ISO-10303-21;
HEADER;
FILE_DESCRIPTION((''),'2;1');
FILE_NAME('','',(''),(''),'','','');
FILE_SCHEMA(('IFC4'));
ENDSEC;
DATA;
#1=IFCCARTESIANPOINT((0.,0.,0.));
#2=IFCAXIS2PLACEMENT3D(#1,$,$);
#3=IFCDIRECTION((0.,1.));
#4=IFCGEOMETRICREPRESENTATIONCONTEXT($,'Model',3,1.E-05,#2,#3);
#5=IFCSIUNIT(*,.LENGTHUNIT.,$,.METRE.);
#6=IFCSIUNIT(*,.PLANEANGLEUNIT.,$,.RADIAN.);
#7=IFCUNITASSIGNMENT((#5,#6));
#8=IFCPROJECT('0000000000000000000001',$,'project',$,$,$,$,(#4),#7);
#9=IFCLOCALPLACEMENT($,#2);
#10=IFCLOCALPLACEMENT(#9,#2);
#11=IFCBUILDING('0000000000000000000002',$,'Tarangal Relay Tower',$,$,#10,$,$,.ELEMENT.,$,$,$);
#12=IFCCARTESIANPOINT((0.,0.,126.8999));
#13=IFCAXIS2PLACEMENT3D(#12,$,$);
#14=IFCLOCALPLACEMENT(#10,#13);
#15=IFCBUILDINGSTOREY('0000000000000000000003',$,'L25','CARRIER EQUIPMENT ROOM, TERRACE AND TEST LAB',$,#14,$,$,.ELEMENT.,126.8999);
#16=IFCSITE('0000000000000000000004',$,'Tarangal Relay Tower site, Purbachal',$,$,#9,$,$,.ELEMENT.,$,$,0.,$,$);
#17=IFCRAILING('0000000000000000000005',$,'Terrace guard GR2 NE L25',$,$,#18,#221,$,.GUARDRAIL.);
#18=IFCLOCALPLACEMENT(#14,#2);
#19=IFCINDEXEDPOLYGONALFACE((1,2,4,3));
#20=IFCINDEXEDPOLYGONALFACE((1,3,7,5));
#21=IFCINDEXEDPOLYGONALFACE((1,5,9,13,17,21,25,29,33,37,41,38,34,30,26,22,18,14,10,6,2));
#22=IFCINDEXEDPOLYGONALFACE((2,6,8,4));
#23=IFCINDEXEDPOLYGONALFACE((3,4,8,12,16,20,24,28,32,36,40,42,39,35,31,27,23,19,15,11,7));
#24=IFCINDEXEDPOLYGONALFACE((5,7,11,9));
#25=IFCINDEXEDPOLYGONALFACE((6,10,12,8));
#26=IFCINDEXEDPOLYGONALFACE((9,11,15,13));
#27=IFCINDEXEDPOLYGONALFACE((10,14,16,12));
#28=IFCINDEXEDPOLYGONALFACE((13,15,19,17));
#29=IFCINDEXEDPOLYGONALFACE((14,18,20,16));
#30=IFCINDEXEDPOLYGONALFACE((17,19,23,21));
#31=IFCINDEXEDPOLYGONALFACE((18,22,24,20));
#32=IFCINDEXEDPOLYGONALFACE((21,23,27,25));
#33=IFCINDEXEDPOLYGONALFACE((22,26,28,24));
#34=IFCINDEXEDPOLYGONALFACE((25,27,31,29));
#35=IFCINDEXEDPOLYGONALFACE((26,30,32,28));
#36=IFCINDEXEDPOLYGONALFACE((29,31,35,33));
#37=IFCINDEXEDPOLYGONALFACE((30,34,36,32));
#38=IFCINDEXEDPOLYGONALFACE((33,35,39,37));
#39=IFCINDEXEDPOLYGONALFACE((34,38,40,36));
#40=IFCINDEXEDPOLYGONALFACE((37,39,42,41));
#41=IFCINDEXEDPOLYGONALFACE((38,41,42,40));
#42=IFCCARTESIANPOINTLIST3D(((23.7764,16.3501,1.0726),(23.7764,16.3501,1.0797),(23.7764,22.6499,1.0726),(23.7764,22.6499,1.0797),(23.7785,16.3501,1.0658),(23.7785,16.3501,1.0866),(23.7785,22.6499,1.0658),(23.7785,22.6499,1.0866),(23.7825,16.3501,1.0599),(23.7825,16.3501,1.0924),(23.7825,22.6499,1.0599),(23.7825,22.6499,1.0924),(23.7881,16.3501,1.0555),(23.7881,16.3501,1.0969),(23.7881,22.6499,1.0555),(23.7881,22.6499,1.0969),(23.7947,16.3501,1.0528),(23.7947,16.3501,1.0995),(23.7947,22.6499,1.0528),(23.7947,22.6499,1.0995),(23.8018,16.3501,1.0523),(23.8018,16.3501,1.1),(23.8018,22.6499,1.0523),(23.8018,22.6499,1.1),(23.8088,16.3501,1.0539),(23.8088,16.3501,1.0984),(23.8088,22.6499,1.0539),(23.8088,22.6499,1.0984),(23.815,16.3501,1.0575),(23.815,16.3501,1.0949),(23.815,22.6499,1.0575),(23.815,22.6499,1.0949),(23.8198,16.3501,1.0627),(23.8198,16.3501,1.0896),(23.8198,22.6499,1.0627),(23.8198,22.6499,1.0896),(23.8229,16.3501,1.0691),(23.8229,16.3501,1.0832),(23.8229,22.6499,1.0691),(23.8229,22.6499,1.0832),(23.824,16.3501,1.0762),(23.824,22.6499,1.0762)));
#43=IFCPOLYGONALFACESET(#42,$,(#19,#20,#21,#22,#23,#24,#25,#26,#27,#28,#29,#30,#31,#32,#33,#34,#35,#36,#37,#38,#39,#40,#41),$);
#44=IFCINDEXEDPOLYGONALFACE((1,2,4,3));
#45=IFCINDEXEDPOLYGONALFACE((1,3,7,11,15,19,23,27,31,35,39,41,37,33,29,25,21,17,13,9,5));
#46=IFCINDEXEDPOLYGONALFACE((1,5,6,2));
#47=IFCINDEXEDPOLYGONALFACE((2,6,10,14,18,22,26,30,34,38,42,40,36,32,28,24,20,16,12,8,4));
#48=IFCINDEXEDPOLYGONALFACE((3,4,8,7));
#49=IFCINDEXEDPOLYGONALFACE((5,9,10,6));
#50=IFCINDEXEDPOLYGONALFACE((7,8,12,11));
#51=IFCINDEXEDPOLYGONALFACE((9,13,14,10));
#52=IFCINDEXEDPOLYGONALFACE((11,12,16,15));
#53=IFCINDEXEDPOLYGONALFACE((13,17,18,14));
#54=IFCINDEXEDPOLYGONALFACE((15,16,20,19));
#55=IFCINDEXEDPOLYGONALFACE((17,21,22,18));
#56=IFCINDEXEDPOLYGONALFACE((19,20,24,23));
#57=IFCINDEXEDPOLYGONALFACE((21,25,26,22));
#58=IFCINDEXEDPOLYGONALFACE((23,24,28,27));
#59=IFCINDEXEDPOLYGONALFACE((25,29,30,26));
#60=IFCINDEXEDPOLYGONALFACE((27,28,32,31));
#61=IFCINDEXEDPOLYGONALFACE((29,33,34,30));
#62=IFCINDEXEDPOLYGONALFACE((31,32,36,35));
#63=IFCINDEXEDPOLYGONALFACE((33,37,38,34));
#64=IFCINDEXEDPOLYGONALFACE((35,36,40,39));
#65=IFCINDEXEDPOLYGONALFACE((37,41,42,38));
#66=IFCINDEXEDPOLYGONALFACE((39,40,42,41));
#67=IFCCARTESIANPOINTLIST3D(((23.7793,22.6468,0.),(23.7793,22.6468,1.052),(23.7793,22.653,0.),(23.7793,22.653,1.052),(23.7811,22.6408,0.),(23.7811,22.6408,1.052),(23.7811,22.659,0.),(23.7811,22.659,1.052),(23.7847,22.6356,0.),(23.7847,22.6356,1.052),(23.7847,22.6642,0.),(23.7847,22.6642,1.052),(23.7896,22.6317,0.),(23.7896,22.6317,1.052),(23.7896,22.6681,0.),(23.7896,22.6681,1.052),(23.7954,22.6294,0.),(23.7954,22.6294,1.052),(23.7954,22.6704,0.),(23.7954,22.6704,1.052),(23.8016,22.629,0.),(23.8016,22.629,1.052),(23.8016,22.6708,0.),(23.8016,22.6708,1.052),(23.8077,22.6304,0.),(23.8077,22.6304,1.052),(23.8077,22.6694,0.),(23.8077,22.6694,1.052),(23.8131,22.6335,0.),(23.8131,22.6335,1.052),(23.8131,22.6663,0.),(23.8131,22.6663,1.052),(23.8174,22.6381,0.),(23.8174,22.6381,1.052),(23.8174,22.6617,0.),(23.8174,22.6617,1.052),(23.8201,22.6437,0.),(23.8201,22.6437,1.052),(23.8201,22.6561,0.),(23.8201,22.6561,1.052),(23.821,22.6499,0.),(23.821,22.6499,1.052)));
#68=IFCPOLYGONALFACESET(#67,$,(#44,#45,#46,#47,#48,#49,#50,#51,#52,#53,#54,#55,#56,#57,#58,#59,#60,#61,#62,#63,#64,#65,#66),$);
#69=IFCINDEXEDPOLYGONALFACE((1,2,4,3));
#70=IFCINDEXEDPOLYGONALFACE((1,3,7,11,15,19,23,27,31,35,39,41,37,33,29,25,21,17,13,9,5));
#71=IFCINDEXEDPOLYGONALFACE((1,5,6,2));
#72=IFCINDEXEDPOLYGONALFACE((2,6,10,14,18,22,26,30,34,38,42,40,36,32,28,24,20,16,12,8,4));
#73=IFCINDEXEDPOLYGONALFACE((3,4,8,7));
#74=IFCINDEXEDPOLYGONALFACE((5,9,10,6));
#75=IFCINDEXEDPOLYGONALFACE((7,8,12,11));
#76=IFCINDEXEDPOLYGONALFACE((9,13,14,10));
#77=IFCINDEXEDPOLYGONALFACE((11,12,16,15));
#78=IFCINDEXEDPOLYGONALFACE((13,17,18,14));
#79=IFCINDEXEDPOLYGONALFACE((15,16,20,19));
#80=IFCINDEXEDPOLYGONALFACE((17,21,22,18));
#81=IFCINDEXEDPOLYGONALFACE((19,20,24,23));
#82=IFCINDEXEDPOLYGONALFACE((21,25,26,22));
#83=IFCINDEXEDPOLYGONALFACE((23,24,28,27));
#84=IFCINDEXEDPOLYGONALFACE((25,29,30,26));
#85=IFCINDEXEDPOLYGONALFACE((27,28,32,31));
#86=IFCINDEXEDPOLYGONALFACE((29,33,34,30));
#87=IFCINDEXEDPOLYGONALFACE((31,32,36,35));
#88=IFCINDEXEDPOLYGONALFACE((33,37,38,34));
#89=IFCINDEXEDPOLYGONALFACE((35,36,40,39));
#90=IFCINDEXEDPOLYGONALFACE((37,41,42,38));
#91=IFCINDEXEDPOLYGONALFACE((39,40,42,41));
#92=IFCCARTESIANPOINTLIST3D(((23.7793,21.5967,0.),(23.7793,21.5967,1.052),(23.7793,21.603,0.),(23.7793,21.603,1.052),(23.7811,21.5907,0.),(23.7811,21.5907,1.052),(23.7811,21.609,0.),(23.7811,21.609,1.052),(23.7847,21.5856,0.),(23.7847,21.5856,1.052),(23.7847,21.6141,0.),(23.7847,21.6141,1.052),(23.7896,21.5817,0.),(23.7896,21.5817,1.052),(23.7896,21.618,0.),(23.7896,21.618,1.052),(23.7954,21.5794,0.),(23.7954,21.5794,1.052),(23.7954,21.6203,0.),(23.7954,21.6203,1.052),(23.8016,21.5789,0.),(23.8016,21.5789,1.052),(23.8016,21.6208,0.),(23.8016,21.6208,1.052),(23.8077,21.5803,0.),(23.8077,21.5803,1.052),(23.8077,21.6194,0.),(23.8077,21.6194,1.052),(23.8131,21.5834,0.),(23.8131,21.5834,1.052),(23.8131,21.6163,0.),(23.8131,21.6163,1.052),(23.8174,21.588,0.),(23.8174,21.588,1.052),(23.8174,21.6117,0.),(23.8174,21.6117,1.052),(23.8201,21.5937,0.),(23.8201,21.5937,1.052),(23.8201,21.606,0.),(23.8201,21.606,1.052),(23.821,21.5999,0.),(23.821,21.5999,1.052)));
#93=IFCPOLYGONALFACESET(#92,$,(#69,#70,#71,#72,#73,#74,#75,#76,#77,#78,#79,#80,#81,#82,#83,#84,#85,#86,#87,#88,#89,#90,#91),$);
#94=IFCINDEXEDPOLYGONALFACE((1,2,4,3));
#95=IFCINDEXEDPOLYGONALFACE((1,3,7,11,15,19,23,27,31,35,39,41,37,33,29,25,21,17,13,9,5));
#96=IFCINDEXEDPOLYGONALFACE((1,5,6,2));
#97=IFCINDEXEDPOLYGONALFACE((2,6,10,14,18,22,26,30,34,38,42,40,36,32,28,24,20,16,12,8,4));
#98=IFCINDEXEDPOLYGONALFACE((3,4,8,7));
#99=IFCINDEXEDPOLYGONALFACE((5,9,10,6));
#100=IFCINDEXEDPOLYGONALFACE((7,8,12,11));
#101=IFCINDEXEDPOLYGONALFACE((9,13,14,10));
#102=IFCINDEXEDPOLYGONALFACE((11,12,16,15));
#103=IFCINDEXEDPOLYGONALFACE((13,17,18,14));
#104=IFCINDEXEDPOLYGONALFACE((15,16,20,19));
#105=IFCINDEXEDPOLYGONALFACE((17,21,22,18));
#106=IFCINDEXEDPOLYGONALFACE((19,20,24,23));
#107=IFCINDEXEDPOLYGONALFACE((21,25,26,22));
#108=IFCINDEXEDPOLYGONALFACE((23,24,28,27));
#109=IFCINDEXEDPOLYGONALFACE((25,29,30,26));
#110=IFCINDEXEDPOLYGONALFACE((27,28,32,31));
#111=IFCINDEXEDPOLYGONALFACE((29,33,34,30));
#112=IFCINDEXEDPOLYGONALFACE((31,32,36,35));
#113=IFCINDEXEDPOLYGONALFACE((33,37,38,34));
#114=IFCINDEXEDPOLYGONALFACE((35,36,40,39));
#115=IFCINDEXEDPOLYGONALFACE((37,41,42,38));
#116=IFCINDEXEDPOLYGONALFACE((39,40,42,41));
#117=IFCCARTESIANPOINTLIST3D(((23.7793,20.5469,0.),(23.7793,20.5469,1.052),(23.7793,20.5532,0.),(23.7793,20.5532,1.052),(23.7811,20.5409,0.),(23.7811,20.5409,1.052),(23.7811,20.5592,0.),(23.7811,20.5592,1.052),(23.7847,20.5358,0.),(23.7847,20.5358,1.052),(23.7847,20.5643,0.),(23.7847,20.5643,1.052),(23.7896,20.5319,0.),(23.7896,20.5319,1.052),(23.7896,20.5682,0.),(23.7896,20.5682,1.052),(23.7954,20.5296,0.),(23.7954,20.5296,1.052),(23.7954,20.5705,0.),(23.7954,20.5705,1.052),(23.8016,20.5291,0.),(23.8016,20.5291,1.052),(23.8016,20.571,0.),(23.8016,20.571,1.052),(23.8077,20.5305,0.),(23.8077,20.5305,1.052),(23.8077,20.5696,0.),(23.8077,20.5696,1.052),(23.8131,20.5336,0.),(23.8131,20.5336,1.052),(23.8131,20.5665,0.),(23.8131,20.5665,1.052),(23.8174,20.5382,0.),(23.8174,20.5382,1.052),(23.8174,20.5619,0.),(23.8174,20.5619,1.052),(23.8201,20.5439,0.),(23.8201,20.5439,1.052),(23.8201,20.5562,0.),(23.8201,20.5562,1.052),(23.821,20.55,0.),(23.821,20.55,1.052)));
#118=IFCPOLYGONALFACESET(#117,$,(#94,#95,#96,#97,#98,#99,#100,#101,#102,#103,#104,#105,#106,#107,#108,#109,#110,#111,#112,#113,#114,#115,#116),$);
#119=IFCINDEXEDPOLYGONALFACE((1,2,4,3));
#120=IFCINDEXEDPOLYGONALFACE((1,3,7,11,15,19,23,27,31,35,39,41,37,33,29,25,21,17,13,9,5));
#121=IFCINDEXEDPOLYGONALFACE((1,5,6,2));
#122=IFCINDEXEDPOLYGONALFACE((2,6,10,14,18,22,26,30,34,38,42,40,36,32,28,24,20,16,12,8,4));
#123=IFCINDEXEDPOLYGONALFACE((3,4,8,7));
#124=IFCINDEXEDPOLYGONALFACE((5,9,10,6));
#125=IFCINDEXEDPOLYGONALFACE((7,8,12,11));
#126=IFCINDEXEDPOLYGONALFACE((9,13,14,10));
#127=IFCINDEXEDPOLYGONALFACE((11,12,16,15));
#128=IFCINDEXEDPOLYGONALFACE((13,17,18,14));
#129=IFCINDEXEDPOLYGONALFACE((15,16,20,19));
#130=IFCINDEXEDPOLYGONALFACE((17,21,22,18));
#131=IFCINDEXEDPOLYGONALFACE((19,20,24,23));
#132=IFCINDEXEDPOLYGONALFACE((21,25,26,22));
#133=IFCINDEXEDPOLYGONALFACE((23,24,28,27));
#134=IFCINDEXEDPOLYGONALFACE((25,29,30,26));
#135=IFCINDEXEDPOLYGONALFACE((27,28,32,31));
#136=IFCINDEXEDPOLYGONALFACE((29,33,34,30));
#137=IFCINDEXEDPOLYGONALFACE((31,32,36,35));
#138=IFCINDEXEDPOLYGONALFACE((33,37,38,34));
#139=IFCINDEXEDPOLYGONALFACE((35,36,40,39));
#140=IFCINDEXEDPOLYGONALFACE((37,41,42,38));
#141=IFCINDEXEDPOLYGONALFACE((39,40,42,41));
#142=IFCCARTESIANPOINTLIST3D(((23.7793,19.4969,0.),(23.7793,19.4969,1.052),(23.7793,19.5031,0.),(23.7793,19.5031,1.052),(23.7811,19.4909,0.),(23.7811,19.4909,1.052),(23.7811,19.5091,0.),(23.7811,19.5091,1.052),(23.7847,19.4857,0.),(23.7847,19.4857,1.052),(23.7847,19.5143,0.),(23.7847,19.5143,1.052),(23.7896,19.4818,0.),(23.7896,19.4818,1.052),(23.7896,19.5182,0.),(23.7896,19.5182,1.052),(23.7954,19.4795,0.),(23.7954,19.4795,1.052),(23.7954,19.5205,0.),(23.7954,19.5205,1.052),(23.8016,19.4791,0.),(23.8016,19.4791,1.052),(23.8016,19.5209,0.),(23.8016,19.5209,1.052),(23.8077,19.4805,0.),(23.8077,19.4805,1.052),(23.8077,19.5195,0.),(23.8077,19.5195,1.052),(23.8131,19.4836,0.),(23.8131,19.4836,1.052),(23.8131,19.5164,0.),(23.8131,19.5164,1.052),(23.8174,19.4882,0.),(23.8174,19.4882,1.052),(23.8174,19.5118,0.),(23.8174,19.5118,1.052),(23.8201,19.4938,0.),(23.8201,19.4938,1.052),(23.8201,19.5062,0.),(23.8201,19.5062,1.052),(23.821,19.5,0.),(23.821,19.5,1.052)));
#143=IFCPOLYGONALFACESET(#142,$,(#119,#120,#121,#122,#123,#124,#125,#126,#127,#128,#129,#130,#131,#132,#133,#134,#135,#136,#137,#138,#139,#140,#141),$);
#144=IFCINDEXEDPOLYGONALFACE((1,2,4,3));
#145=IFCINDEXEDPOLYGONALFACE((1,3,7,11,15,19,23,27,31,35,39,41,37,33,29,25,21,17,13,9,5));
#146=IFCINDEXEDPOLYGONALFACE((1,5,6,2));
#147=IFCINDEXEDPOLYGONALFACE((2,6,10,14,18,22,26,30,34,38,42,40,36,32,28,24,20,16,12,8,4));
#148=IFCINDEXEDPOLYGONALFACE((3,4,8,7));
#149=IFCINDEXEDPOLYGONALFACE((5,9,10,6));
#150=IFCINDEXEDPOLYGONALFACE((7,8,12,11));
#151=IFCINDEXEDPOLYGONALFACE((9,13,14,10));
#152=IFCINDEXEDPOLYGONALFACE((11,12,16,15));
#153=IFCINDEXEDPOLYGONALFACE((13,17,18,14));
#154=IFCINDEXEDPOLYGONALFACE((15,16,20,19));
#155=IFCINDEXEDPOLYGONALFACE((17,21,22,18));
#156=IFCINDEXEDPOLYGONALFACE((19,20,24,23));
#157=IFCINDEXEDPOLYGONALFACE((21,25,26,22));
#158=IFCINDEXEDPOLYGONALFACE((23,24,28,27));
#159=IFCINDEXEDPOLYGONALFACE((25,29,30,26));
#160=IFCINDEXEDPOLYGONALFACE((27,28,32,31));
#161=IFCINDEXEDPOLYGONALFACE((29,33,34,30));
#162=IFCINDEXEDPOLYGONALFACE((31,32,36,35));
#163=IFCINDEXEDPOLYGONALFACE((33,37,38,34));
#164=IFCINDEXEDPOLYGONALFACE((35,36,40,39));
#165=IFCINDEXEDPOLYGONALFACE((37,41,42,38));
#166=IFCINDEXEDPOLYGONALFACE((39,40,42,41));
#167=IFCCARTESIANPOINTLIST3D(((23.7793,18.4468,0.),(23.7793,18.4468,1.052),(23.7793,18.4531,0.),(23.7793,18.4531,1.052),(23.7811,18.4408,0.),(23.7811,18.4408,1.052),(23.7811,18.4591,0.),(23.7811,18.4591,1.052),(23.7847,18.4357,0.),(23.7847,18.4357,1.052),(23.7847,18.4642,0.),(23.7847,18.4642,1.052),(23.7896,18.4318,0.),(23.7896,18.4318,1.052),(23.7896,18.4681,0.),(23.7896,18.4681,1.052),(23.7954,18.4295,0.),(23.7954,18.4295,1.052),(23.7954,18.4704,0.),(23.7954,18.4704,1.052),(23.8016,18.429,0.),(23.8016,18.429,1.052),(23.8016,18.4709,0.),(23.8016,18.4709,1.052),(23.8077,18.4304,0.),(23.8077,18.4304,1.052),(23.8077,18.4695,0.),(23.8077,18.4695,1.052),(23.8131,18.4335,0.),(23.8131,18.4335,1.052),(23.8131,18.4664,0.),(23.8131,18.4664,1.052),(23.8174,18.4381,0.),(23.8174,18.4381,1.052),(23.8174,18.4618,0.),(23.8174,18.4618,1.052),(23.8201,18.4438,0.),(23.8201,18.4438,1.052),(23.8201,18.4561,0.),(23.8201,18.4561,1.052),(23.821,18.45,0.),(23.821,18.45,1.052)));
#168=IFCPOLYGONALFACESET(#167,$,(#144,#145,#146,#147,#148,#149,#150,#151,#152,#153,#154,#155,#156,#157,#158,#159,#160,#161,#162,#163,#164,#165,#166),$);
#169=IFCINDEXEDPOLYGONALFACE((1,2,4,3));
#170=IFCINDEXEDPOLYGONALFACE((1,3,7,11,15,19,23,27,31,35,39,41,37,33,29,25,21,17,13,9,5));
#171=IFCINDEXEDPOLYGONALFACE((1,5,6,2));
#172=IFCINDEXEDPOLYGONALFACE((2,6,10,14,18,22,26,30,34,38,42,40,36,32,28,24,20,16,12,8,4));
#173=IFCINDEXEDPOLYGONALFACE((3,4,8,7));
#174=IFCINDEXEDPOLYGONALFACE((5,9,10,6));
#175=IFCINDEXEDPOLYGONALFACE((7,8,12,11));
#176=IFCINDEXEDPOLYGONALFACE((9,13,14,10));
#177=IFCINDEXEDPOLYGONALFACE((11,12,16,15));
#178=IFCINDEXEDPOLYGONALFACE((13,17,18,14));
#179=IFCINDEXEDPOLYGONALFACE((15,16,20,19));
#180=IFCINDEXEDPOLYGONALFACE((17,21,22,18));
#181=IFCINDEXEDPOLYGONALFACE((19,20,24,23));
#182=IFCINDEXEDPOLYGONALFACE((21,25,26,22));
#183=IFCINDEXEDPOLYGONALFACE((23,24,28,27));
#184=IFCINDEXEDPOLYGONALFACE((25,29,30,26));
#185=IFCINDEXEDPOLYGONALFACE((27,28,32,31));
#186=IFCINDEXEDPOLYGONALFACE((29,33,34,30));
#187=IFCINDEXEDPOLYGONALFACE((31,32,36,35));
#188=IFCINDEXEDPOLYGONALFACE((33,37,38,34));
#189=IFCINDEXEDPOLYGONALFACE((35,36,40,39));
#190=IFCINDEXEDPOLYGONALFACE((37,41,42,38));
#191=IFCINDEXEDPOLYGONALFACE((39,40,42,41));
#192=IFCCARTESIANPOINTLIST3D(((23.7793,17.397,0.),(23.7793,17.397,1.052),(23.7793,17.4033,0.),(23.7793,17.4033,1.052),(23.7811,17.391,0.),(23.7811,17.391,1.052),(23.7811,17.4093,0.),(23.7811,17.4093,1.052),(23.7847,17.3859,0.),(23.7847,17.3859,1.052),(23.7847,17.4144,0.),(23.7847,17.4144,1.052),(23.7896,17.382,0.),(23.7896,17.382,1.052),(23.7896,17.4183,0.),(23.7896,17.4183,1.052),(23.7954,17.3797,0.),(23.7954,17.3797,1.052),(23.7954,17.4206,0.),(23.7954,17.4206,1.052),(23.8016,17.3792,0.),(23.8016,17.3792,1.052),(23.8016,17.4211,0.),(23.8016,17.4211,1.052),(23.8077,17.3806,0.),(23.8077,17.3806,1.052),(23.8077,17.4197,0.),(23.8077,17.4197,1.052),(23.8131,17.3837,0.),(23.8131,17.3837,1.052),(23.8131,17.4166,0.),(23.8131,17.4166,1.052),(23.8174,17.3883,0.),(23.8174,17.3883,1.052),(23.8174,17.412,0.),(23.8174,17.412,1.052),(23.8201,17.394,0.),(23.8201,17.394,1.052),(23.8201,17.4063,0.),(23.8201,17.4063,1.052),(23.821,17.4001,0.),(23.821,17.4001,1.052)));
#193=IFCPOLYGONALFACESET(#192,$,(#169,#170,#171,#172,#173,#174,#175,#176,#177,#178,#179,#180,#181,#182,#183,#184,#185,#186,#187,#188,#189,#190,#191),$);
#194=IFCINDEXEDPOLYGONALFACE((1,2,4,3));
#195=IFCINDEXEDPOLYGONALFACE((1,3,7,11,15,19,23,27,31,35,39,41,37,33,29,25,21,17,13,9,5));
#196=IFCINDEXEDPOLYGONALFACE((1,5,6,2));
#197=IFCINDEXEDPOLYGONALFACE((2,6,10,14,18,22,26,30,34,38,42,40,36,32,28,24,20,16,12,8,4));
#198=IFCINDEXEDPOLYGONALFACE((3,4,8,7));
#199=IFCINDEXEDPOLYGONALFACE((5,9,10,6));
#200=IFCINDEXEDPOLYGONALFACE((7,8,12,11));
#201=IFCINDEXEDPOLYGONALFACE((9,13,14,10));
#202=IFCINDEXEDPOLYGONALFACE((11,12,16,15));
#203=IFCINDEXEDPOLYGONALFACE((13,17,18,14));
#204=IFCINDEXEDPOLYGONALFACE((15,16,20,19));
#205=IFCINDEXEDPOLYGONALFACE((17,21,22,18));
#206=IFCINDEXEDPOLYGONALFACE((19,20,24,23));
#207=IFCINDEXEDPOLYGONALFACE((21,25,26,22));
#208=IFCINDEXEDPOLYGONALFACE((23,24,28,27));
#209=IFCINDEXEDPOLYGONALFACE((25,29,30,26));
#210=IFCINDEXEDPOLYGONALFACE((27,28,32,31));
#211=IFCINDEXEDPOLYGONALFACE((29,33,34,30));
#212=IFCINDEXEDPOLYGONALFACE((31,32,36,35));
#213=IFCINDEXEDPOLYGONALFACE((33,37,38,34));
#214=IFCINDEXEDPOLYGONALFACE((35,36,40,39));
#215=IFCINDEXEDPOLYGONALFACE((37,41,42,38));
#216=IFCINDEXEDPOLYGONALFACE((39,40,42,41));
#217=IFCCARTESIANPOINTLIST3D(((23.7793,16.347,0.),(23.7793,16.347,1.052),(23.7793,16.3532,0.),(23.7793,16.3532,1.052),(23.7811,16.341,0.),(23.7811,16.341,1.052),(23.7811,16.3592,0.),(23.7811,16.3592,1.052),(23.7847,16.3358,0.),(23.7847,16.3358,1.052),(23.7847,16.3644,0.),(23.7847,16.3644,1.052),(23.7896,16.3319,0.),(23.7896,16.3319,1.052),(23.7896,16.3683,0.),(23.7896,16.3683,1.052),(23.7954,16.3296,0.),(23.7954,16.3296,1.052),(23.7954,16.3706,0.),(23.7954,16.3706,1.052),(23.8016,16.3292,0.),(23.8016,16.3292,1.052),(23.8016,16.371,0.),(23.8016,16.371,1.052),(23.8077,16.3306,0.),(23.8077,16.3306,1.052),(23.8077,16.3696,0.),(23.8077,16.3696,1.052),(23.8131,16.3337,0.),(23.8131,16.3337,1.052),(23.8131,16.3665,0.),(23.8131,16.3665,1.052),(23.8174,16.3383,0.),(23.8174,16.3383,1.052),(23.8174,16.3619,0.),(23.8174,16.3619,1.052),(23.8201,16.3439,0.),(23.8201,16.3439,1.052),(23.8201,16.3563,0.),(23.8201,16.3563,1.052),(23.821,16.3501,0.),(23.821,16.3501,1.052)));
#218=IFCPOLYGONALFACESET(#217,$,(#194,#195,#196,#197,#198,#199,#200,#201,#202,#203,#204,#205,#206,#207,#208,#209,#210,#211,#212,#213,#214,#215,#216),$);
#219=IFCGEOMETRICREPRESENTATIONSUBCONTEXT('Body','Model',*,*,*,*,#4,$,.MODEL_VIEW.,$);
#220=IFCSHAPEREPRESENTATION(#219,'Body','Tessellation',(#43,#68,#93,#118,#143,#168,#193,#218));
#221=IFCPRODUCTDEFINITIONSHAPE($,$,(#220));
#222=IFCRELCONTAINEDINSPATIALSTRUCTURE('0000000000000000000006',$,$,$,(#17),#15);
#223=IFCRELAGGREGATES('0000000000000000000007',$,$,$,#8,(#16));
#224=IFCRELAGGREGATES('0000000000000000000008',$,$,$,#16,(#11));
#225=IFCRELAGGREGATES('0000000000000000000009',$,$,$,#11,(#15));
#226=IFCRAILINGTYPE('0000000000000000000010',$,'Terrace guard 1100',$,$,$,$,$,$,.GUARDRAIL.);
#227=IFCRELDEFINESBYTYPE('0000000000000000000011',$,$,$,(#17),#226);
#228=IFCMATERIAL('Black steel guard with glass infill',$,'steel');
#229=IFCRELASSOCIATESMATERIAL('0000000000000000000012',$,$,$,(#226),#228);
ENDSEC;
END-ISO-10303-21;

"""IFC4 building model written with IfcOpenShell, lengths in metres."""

from ifc_helpers import new_model, si_unit, direction, frame, origin, origin_2d, place, context, subcontext, project, spatial, circle, extrude, material, type_object, element, save


model = new_model("IFC4")

# Units and contexts
model_context = context("Model", 3, precision=1e-05, world=origin(), true_north=direction((0.0, 1.0)))
body_context = subcontext(model_context, "Body", "Model", "MODEL_VIEW")
ifc_project = project(units=[si_unit("LENGTHUNIT", "METRE"), si_unit("PLANEANGLEUNIT", "RADIAN")], contexts=[model_context])

# Site, building, storey
site_placement = place(None, origin())
site = spatial("IfcSite", under=ifc_project, at=site_placement, Name="Tarangal Relay Tower site, Purbachal", CompositionType="ELEMENT", RefElevation=0.0)
building_placement = place(site_placement, origin())
building = spatial("IfcBuilding", under=site, at=building_placement, Name="Tarangal Relay Tower", CompositionType="ELEMENT")
storey_placement = place(building_placement, frame((0.0, 0.0, 126.8999)))
storey = spatial("IfcBuildingStorey", under=building, at=storey_placement, Name="L25", Description="CARRIER EQUIPMENT ROOM, TERRACE AND TEST LAB", CompositionType="ELEMENT", Elevation=126.8999)

# Railing
ifc_material_1 = material(Name="Black steel guard with glass infill", Category="steel")
railing_type = type_object("IfcRailingType", Name="Terrace guard 1100", PredefinedType="GUARDRAIL", material=ifc_material_1)
railing_1_placement = place(storey_placement, frame((23.8, 22.6499, 0.0)))
element("IfcRailing", 1, at=railing_1_placement, inside=storey, type_object=railing_type, Name="Terrace guard GR2 NE L25", PredefinedType="GUARDRAIL", context=body_context, shape_type="SweptSolid", body=[
    extrude(circle(Radius=0.0239, at=origin_2d()), frame((0.0, 0.0, 1.0762), z_axis=(0.0, -1.0, 0.0), x_axis=(1.0, 0.0, 0.0)), (0.0, 0.0, 1.0), 6.2998),
    extrude(circle(Radius=0.021, at=origin_2d()), origin(), (0.0, 0.0, 1.0), 1.052),
    extrude(circle(Radius=0.021, at=origin_2d()), frame((0.0, -1.05, 0.0)), (0.0, 0.0, 1.0), 1.052),
    extrude(circle(Radius=0.021, at=origin_2d()), frame((0.0, -2.0999, 0.0)), (0.0, 0.0, 1.0), 1.052),
    extrude(circle(Radius=0.021, at=origin_2d()), frame((0.0, -3.1499, 0.0)), (0.0, 0.0, 1.0), 1.052),
    extrude(circle(Radius=0.021, at=origin_2d()), frame((0.0, -4.2, 0.0)), (0.0, 0.0, 1.0), 1.052),
    extrude(circle(Radius=0.021, at=origin_2d()), frame((0.0, -5.2498, 0.0)), (0.0, 0.0, 1.0), 1.052),
    extrude(circle(Radius=0.021, at=origin_2d()), frame((0.0, -6.2998, 0.0)), (0.0, 0.0, 1.0), 1.052),
])

save(model, "model.ifc")
